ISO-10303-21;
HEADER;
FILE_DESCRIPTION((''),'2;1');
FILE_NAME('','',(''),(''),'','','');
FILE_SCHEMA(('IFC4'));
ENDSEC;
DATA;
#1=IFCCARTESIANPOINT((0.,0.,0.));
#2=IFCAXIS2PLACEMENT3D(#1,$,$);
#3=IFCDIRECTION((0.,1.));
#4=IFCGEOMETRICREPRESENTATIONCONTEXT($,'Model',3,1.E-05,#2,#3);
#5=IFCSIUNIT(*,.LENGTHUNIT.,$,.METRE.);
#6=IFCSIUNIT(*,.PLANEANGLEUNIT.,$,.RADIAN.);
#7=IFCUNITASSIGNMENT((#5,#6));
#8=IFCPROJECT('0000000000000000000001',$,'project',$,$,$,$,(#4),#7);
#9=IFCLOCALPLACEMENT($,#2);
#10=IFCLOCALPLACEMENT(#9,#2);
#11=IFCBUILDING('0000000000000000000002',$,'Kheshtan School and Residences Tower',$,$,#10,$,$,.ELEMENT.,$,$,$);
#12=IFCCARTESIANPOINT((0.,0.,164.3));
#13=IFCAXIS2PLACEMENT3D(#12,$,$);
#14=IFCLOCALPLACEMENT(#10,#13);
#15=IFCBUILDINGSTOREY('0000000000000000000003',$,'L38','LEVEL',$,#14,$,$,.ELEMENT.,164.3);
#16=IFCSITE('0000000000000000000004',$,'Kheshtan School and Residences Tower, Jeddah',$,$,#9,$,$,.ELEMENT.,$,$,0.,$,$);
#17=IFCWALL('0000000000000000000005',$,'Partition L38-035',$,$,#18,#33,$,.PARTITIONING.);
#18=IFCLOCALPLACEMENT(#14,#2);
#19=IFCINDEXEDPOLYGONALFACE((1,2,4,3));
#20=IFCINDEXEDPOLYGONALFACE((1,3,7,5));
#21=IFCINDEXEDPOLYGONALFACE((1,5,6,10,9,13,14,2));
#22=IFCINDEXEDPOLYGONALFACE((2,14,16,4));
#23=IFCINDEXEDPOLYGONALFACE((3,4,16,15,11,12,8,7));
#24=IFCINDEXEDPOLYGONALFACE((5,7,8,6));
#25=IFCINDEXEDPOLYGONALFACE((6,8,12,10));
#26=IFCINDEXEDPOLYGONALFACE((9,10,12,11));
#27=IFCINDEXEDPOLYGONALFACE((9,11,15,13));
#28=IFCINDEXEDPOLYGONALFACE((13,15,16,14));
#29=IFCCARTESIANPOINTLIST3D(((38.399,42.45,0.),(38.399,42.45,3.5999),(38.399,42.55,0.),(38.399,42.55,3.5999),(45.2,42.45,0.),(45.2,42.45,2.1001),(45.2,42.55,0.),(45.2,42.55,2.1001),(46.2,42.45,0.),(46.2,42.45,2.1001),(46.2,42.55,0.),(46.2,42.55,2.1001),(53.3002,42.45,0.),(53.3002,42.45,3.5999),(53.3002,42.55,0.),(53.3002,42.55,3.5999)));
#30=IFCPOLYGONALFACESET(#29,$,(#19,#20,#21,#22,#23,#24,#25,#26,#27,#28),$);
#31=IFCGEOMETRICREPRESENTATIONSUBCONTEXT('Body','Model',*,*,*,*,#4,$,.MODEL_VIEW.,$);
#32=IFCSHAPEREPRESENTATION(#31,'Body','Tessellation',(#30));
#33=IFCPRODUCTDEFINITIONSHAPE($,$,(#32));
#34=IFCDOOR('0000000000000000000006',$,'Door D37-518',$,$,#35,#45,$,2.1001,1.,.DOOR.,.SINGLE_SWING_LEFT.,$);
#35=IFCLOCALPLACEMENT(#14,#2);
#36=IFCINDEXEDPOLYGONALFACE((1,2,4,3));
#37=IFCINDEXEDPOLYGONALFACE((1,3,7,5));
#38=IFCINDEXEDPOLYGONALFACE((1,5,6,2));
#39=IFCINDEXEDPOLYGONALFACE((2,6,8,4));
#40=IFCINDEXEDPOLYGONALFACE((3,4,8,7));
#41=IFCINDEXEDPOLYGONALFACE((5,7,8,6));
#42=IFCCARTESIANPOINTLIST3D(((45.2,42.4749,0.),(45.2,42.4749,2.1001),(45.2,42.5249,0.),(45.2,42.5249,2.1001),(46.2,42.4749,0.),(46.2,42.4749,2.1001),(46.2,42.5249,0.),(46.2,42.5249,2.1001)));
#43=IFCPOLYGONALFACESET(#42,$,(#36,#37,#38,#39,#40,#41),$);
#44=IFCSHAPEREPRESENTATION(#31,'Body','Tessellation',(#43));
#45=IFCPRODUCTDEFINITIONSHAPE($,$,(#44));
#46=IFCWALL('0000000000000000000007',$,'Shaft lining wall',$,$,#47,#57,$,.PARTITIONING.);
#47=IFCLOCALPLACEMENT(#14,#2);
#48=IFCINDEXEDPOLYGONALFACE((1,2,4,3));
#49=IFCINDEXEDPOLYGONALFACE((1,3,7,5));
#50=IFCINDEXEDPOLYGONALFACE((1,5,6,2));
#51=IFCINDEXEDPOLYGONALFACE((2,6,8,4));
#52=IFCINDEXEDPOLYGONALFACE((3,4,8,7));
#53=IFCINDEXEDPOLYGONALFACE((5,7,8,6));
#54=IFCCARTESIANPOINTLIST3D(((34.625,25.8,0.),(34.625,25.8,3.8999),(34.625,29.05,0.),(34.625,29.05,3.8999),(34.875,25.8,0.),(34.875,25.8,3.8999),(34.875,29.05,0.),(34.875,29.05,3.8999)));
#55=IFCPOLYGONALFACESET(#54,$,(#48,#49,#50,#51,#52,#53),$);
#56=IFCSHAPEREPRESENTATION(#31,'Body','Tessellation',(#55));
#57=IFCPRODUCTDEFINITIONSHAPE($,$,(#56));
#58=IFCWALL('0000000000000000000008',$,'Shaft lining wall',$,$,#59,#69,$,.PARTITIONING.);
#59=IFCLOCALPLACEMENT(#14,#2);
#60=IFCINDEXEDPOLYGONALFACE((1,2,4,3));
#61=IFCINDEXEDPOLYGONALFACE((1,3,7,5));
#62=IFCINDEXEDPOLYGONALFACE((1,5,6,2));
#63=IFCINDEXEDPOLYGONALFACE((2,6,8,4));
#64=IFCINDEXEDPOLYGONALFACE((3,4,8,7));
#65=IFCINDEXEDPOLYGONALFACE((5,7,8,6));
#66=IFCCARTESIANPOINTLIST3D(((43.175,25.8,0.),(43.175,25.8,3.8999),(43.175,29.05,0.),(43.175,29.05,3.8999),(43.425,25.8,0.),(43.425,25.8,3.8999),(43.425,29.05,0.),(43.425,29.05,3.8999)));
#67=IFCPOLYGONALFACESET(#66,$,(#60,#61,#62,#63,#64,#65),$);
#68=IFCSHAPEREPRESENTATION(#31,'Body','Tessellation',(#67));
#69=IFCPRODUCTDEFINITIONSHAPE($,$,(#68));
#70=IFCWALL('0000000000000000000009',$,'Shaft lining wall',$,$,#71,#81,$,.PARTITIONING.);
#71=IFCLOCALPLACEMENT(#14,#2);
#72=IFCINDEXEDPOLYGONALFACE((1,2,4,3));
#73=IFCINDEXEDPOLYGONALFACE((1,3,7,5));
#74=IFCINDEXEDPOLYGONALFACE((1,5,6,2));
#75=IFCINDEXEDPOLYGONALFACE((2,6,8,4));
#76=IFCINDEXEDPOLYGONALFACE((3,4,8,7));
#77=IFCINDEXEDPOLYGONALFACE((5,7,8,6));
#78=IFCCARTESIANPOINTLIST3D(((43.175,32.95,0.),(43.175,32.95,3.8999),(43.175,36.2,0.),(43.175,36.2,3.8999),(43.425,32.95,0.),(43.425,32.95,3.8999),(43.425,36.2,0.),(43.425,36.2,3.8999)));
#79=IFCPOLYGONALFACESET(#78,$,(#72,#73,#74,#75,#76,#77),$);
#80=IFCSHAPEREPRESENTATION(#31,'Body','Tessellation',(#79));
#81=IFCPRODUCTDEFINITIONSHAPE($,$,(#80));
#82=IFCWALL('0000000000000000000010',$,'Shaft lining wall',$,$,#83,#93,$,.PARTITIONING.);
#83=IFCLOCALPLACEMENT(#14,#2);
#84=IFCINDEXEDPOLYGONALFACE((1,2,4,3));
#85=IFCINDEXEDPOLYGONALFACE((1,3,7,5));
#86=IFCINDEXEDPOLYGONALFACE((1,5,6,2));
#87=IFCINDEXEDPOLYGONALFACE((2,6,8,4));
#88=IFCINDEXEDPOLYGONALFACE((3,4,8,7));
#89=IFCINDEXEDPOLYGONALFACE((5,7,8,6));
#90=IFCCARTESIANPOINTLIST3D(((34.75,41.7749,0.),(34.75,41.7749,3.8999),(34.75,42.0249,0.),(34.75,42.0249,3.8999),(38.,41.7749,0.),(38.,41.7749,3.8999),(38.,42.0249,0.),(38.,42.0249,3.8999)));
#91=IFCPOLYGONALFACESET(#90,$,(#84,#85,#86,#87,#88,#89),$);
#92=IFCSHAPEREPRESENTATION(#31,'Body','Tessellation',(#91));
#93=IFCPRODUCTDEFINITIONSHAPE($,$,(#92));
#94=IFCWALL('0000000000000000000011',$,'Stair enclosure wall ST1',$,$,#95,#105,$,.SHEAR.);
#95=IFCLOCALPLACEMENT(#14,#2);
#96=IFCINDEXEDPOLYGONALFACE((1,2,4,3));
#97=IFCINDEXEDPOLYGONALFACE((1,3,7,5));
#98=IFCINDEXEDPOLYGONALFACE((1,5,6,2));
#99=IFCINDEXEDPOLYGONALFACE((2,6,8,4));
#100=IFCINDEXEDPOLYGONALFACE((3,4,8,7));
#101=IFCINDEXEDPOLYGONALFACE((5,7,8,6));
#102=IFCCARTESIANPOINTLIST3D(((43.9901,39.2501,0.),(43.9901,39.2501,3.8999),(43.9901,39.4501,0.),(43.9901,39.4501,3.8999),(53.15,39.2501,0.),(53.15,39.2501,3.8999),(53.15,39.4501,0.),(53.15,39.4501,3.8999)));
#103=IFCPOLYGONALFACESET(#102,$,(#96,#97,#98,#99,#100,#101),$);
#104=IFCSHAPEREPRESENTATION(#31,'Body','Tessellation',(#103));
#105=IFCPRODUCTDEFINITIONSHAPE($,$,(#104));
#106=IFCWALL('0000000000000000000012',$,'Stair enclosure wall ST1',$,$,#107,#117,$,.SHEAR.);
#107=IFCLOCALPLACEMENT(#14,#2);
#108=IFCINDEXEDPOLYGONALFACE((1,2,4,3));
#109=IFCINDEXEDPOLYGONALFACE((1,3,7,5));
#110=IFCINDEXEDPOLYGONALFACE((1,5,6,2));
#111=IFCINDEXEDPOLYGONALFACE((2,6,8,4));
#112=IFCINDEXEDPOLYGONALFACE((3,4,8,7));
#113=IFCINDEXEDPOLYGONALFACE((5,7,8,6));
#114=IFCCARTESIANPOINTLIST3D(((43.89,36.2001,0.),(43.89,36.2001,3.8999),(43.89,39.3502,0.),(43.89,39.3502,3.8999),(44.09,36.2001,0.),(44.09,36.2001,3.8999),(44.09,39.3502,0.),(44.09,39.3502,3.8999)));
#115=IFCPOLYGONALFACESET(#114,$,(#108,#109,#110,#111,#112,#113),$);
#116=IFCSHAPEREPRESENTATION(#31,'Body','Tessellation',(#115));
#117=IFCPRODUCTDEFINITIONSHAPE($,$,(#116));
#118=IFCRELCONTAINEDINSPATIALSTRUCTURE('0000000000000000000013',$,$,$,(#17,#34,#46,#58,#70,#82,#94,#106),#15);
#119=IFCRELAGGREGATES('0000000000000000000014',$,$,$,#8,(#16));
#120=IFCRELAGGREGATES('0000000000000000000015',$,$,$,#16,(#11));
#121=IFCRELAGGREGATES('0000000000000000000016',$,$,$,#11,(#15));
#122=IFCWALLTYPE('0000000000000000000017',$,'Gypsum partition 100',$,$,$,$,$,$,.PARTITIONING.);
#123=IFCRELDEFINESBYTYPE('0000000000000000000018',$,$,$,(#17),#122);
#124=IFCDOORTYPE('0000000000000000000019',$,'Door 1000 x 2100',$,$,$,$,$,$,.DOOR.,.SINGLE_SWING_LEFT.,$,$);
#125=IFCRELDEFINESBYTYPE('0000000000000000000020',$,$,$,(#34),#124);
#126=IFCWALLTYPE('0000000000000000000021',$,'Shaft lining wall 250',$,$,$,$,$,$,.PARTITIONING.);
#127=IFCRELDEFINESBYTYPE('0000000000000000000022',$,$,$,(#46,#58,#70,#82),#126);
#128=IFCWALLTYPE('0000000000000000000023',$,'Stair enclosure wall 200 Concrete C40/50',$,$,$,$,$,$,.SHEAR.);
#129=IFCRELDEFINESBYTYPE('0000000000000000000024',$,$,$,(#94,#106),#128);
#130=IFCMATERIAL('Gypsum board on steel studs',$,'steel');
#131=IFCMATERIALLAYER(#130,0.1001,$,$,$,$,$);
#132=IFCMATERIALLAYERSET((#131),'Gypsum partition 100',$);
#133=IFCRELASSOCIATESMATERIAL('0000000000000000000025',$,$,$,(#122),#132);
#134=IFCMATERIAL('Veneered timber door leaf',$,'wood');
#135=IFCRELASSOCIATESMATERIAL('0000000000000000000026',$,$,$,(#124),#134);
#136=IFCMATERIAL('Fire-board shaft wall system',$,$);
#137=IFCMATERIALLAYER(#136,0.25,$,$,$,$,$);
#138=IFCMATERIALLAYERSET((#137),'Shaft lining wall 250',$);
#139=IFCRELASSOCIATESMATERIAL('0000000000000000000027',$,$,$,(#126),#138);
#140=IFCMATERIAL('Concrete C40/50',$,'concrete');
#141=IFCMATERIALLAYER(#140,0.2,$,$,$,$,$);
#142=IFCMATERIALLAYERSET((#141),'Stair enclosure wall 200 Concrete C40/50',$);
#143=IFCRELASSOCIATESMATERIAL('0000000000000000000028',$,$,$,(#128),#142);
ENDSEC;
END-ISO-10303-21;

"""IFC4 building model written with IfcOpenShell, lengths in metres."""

from ifc_helpers import new_model, si_unit, direction, frame, frame_2d, origin, place, context, subcontext, project, spatial, rectangle, extrude, source, transform, mapped, material, layer, layer_set, type_object, element, fill, save


model = new_model("IFC4")

# Units and contexts
model_context = context("Model", 3, precision=1e-05, world=origin(), true_north=direction((0.0, 1.0)))
body_context = subcontext(model_context, "Body", "Model", "MODEL_VIEW")
ifc_project = project(units=[si_unit("LENGTHUNIT", "METRE"), si_unit("PLANEANGLEUNIT", "RADIAN")], contexts=[model_context])

# Site, building, storey
site_placement = place(None, origin())
site = spatial("IfcSite", under=ifc_project, at=site_placement, Name="Kheshtan School and Residences Tower, Jeddah", CompositionType="ELEMENT", RefElevation=0.0)
building_placement = place(site_placement, origin())
building = spatial("IfcBuilding", under=site, at=building_placement, Name="Kheshtan School and Residences Tower", CompositionType="ELEMENT")
storey_placement = place(building_placement, frame((0.0, 0.0, 164.3)))
storey = spatial("IfcBuildingStorey", under=building, at=storey_placement, Name="L38", Description="LEVEL", CompositionType="ELEMENT", Elevation=164.3)

# Wall, opening, door
ifc_material_1 = material(Name="Gypsum board on steel studs", Category="steel")
ifc_layer_1 = layer(ifc_material_1, 0.1001)
ifc_layer_set_1 = layer_set([ifc_layer_1], Name="Gypsum partition 100")
wall_type_1 = type_object("IfcWallType", Name="Gypsum partition 100", PredefinedType="PARTITIONING", material=ifc_layer_set_1)
wall_1_placement = place(storey_placement, frame((38.3989, 42.5, 0.0), z_axis=(0.0, 0.0, 1.0), x_axis=(1.0, 0.0, 0.0)))
wall_1 = element("IfcWall", 1, at=wall_1_placement, inside=storey, type_object=wall_type_1, Name="Partition L38-035", PredefinedType="PARTITIONING", context=body_context, shape_type="SweptSolid", body=[
    extrude(rectangle(XDim=14.9011, YDim=0.1001, at=frame_2d((7.4507, 0.0))), origin(), (0.0, 0.0, 1.0), 3.5999),
])
opening_1_placement = place(wall_1_placement, frame((6.801, 0.0, 0.0)))
opening_1 = element("IfcOpeningElement", 2, at=opening_1_placement, cuts=wall_1, PredefinedType="OPENING", context=body_context, shape_type="SweptSolid", body=[
    extrude(rectangle(XDim=1.0, YDim=2.1001, at=frame_2d((0.5, 1.05))), frame((0.0, 0.0601, 0.0), z_axis=(0.0, -1.0, 0.0), x_axis=(1.0, 0.0, 0.0)), (0.0, 0.0, 1.0), 0.1201),
])
ifc_material_2 = material(Name="Veneered timber door leaf", Category="wood")
door_type_1 = type_object("IfcDoorType", Name="Door 1000 x 2100", OperationType="SINGLE_SWING_LEFT", PredefinedType="DOOR", material=ifc_material_2)
shared_shape_1 = source(origin(), body_context, "Body", "SweptSolid", [
    extrude(rectangle(XDim=1.0, YDim=2.1001, at=frame_2d((0.5, 1.05))), frame((0.0, 0.0249, 0.0), z_axis=(0.0, -1.0, 0.0), x_axis=(1.0, 0.0, 0.0)), (0.0, 0.0, 1.0), 0.05),
])
door_1_placement = place(opening_1_placement, origin())
door_1 = element("IfcDoor", 3, at=door_1_placement, inside=storey, type_object=door_type_1, Name="Door D37-518", OperationType="SINGLE_SWING_LEFT", OverallHeight=2.1001, OverallWidth=1.0, PredefinedType="DOOR", context=body_context, shape_type="MappedRepresentation", body=[
    mapped(shared_shape_1, transform((0.0, 0.0, 0.0), x_axis=(1.0, 0.0, 0.0), y_axis=(0.0, 1.0, 0.0), z_axis=(0.0, 0.0, 1.0), scale=1.0)),
])
fill(opening_1, door_1)

# Walls
ifc_material_3 = material(Name="Fire-board shaft wall system")
ifc_layer_2 = layer(ifc_material_3, 0.25)
ifc_layer_set_2 = layer_set([ifc_layer_2], Name="Shaft lining wall 250")
wall_type_2 = type_object("IfcWallType", Name="Shaft lining wall 250", PredefinedType="PARTITIONING", material=ifc_layer_set_2)
for number, where, z_axis, x_axis, name in (
    (4, (34.75, 25.8, 0.0), (0.0, 0.0, 1.0), (0.0, 1.0, 0.0), "Shaft lining wall"),
    (5, (43.3, 25.8, 0.0), (0.0, 0.0, 1.0), (0.0, 1.0, 0.0), "Shaft lining wall"),
    (6, (43.3, 32.95, 0.0), (0.0, 0.0, 1.0), (0.0, 1.0, 0.0), "Shaft lining wall"),
    (7, (34.75, 41.8999, 0.0), (0.0, 0.0, 1.0), (1.0, 0.0, 0.0), "Shaft lining wall"),
):
    element("IfcWall", number, at=place(storey_placement, frame(where, z_axis=z_axis, x_axis=x_axis)), inside=storey, type_object=wall_type_2, Name=name, PredefinedType="PARTITIONING", context=body_context, shape_type="SweptSolid", body=[
        extrude(rectangle(XDim=3.25, YDim=0.25, at=frame_2d((1.625, 0.0))), origin(), (0.0, 0.0, 1.0), 3.8999),
    ])
ifc_material_4 = material(Name="Concrete C40/50", Category="concrete")
ifc_layer_3 = layer(ifc_material_4, 0.2)
ifc_layer_set_3 = layer_set([ifc_layer_3], Name="Stair enclosure wall 200 Concrete C40/50")
wall_type_3 = type_object("IfcWallType", Name="Stair enclosure wall 200 Concrete C40/50", PredefinedType="SHEAR", material=ifc_layer_set_3)
wall_2_placement = place(storey_placement, frame((43.99, 39.3501, 0.0), z_axis=(0.0, 0.0, 1.0), x_axis=(1.0, 0.0, 0.0)))
element("IfcWall", 8, at=wall_2_placement, inside=storey, type_object=wall_type_3, Name="Stair enclosure wall ST1", PredefinedType="SHEAR", context=body_context, shape_type="SweptSolid", body=[
    extrude(rectangle(XDim=9.1599, YDim=0.2, at=frame_2d((4.5801, 0.0))), origin(), (0.0, 0.0, 1.0), 3.8999),
])
wall_3_placement = place(storey_placement, frame((43.99, 36.2, 0.0), z_axis=(0.0, 0.0, 1.0), x_axis=(0.0, 1.0, 0.0)))
element("IfcWall", 9, at=wall_3_placement, inside=storey, type_object=wall_type_3, Name="Stair enclosure wall ST1", PredefinedType="SHEAR", context=body_context, shape_type="SweptSolid", body=[
    extrude(rectangle(XDim=3.1501, YDim=0.2, at=frame_2d((1.5752, 0.0))), origin(), (0.0, 0.0, 1.0), 3.8999),
])

save(model, "model.ifc")
